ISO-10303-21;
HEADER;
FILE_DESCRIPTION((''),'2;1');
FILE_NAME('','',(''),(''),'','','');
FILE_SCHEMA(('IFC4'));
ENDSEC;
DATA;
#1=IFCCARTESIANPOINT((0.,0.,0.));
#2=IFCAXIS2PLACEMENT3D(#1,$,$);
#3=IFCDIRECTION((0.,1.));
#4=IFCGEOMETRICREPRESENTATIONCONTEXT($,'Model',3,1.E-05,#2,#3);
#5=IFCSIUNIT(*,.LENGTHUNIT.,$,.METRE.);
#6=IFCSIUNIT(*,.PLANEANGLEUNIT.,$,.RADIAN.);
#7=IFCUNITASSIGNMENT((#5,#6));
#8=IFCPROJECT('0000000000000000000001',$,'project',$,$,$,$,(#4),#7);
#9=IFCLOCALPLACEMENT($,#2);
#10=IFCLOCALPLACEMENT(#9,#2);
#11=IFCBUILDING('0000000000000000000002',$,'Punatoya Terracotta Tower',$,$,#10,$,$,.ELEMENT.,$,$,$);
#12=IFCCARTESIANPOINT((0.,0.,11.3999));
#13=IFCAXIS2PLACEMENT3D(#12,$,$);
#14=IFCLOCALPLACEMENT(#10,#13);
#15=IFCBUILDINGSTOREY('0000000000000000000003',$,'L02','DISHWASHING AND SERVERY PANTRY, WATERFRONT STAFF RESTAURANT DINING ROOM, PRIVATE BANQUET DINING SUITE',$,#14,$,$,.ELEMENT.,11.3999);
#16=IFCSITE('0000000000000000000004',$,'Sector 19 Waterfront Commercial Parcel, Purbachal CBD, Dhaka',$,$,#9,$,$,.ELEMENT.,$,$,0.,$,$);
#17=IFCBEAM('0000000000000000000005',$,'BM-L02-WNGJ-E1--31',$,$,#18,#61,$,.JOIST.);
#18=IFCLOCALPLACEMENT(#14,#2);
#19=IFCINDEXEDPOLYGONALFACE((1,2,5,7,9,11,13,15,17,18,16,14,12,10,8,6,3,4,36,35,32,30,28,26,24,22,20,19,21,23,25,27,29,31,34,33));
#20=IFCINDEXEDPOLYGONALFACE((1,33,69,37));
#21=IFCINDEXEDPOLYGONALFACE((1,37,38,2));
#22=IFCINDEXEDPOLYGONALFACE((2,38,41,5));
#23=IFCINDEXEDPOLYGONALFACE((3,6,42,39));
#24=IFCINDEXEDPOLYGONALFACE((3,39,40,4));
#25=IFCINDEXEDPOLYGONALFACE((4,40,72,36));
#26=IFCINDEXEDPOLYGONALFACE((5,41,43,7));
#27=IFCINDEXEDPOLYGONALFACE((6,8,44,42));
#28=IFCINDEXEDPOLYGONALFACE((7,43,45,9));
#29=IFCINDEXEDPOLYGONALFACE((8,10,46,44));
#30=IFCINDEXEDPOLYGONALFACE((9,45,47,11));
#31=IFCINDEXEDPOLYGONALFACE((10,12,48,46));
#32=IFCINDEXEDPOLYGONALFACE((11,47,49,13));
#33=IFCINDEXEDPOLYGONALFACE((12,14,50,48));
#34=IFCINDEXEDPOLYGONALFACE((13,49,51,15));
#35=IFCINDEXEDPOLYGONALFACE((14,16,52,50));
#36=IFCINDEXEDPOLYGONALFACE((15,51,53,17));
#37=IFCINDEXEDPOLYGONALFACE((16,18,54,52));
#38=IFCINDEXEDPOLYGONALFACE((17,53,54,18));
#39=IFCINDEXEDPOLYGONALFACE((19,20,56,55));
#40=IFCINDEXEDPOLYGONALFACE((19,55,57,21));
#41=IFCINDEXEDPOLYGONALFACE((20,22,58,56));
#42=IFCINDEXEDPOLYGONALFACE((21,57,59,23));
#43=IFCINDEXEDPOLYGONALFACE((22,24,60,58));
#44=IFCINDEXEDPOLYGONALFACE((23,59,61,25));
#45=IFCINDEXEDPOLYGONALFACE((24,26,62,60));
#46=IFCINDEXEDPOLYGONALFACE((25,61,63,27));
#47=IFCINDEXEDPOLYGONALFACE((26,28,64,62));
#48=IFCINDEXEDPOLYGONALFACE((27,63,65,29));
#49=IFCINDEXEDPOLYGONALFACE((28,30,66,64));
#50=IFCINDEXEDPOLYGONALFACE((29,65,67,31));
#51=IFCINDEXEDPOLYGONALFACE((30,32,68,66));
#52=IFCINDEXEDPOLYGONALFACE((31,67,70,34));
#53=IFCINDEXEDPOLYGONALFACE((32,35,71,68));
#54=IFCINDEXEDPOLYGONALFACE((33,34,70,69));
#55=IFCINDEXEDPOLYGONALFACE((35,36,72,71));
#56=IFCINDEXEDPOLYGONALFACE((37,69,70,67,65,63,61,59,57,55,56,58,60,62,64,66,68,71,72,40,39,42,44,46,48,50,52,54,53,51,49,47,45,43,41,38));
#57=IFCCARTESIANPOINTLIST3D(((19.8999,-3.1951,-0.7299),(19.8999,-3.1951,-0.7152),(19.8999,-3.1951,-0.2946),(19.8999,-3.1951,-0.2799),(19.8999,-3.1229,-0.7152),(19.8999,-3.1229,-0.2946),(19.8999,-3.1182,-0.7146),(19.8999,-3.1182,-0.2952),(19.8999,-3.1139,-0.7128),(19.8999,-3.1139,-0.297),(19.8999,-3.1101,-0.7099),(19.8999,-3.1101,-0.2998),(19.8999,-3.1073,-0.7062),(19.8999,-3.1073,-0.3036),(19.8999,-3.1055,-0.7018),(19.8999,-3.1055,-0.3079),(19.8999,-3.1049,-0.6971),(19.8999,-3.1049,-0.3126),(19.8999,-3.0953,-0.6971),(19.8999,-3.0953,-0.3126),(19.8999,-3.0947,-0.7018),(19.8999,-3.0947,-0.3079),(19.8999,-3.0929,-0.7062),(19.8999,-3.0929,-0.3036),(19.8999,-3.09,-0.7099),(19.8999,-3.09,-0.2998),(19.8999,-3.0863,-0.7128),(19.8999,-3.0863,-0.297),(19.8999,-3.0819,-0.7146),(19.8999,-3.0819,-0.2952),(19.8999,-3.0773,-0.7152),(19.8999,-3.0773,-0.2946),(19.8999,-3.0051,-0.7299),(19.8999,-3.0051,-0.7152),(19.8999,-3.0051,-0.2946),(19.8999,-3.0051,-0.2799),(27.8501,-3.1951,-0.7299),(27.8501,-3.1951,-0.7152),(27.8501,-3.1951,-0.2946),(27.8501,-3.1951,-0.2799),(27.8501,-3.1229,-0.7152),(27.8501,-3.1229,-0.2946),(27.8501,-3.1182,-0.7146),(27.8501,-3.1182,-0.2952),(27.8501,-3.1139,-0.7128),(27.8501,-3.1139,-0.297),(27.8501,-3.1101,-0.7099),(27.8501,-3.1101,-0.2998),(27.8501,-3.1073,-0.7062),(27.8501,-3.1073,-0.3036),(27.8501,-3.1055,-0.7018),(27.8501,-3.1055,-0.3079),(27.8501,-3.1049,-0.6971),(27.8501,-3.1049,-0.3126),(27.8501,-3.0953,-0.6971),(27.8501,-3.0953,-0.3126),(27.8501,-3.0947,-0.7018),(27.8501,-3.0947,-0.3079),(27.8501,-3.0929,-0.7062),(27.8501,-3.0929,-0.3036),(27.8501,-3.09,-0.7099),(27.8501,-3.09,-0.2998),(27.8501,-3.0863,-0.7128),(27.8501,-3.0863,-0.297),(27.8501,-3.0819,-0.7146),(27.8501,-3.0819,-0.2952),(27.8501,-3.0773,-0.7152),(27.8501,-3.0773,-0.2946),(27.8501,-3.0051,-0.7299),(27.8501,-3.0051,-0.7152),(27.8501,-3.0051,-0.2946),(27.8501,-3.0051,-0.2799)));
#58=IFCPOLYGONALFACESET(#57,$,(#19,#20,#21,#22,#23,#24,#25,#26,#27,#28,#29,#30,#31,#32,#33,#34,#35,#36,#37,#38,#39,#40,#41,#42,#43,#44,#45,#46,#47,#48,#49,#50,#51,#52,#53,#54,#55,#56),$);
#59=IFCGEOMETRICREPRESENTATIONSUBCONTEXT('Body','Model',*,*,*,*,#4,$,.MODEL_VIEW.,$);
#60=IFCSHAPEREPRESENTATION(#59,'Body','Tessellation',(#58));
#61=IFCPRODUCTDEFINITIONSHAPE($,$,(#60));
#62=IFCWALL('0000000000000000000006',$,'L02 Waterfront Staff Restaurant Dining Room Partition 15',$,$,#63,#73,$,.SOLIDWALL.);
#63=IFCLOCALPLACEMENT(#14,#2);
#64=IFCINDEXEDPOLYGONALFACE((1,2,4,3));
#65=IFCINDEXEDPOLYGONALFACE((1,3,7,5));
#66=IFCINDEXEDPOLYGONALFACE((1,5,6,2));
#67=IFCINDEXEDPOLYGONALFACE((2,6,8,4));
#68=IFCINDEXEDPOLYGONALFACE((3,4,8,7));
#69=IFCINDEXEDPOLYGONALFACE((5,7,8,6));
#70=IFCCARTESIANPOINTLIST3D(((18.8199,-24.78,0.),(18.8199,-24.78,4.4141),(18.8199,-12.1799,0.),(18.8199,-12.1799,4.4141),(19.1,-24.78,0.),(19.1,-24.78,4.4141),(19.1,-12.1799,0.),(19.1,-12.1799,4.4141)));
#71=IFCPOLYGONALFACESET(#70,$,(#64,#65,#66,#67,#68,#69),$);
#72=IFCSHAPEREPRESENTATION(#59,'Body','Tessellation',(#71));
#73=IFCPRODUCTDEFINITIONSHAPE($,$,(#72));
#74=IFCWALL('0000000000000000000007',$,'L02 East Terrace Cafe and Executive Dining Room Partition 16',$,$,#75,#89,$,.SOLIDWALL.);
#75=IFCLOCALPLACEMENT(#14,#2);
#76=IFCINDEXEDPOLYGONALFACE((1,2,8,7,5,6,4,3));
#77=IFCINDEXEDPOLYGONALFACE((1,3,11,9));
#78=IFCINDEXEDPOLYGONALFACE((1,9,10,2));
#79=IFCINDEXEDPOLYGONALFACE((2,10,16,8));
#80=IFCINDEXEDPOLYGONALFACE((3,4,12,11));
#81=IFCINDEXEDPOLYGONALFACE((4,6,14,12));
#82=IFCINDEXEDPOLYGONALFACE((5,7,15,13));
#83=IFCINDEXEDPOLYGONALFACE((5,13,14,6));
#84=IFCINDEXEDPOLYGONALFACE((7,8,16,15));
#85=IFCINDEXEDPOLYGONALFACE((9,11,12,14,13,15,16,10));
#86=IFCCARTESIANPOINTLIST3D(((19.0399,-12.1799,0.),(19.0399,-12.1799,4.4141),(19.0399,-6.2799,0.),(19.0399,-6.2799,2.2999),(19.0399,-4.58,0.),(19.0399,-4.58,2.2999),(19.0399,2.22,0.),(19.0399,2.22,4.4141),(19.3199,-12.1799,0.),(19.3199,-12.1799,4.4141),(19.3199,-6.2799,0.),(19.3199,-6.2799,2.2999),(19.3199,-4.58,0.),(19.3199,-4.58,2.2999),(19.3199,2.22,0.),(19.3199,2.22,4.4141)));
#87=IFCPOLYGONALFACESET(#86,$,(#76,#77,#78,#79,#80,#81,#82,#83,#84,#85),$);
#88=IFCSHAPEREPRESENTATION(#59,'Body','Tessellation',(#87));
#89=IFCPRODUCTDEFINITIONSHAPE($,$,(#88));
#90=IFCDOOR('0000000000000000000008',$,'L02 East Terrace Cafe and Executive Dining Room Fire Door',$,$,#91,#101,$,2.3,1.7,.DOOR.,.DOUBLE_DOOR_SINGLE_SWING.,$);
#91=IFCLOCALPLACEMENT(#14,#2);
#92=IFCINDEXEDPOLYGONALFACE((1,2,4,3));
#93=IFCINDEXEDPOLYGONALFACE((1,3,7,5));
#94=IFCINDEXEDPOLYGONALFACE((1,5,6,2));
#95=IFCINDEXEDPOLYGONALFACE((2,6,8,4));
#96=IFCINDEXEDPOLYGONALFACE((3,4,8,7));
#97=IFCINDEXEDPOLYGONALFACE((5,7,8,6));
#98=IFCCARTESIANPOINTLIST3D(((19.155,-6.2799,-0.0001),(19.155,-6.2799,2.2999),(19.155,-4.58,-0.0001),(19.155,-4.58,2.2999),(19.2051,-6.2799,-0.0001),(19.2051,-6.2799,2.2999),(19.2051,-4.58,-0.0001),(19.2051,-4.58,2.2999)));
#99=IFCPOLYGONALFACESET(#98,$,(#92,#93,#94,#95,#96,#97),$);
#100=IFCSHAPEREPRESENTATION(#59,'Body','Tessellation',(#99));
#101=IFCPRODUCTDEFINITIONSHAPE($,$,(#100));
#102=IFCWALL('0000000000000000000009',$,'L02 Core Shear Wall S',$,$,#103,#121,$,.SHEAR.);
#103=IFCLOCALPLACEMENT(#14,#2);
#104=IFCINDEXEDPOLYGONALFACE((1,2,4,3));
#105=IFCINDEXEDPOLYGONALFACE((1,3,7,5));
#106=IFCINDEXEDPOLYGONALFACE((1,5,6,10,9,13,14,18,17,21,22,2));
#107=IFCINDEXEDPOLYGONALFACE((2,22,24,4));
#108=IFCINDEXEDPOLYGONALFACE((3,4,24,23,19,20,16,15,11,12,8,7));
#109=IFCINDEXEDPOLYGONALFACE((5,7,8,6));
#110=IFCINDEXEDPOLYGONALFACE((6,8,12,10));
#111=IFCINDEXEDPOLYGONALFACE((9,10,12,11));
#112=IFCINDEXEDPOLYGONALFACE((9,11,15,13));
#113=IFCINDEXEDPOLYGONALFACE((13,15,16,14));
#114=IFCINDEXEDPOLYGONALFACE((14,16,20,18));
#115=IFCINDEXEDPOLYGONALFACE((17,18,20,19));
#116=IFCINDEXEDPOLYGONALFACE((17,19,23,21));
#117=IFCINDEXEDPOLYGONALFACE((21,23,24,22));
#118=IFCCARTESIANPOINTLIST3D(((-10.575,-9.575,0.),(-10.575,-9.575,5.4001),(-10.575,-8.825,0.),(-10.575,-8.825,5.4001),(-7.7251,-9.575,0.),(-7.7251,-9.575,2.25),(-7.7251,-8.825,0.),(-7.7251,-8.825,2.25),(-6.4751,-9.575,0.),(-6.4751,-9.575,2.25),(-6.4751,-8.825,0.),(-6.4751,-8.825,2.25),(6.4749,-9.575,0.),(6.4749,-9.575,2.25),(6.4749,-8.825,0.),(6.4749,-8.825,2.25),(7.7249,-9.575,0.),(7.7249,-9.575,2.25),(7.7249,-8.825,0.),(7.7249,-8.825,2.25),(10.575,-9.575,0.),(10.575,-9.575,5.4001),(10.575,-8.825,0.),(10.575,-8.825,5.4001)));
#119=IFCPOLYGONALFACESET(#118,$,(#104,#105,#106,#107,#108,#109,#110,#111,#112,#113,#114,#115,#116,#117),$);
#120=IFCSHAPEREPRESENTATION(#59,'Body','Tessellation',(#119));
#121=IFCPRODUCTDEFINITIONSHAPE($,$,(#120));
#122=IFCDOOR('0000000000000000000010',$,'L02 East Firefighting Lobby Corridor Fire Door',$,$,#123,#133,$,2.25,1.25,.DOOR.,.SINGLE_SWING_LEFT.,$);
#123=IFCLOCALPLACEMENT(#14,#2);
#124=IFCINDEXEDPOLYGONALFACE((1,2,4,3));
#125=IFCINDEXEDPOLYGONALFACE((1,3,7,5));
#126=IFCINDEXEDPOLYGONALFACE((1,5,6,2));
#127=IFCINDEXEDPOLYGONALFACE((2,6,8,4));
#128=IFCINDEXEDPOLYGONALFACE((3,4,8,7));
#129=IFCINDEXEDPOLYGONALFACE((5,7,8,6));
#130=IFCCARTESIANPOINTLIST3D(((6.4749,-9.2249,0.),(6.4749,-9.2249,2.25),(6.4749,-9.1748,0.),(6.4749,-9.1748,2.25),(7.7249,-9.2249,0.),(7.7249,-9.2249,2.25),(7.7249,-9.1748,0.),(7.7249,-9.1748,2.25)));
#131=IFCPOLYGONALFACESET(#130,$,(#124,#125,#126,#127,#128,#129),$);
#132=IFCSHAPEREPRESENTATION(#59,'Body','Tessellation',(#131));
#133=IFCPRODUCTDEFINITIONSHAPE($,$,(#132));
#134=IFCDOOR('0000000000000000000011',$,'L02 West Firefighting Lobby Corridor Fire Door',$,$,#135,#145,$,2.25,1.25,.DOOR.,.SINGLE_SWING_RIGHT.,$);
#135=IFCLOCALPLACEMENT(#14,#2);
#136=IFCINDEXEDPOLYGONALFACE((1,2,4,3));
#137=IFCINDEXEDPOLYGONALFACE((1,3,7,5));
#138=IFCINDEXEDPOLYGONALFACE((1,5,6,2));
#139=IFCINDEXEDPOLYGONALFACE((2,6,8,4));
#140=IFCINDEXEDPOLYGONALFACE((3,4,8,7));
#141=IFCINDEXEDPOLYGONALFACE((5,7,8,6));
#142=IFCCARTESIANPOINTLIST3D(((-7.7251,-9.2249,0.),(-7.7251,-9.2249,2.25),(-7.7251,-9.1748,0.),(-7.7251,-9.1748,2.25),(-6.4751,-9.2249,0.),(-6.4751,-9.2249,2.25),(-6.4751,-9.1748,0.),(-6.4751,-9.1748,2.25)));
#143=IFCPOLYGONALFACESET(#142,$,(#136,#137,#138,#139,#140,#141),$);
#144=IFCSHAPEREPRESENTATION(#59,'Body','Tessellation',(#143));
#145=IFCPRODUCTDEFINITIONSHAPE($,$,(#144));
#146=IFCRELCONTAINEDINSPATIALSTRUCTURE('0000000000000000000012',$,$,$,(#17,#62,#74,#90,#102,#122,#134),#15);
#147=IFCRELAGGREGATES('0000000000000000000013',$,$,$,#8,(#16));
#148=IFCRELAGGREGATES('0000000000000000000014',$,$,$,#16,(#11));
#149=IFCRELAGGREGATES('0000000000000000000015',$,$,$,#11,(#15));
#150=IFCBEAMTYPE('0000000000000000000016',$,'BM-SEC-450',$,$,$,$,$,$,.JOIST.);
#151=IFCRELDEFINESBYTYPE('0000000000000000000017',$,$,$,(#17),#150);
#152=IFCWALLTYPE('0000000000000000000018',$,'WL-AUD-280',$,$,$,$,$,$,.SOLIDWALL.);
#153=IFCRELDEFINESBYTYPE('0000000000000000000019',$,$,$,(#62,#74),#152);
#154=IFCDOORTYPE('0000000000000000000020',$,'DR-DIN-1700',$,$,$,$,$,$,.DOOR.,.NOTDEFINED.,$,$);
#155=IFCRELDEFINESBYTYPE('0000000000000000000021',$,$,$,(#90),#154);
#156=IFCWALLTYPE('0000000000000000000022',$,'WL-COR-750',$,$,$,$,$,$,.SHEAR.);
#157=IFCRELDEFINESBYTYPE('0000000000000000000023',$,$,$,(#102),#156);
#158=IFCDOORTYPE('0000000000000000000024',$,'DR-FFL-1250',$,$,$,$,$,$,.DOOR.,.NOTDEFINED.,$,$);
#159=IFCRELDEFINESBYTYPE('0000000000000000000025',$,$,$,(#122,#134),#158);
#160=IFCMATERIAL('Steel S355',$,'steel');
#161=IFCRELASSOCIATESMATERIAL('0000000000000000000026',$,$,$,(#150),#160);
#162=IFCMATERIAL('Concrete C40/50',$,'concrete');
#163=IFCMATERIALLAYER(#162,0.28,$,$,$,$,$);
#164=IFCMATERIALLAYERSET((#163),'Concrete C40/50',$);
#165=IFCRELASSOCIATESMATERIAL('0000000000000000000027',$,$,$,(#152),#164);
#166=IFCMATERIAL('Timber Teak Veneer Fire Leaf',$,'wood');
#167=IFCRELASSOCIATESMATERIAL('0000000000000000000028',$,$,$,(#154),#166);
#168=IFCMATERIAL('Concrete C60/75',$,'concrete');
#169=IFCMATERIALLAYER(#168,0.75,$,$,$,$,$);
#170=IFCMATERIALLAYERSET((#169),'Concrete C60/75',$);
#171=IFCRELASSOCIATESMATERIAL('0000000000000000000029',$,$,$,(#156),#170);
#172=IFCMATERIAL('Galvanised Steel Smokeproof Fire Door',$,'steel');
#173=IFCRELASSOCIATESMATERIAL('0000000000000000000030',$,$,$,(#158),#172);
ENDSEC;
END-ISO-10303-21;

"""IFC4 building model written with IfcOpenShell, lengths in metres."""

from ifc_helpers import new_model, si_unit, direction, frame, frame_2d, origin, origin_2d, place, context, subcontext, project, spatial, rectangle, i_section, extrude, material, layer, layer_set, material_profile, profile_set, type_object, element, fill, save


model = new_model("IFC4")

# Units and contexts
model_context = context("Model", 3, precision=1e-05, world=origin(), true_north=direction((0.0, 1.0)))
body_context = subcontext(model_context, "Body", "Model", "MODEL_VIEW")
ifc_project = project(units=[si_unit("LENGTHUNIT", "METRE"), si_unit("PLANEANGLEUNIT", "RADIAN")], contexts=[model_context])

# Site, building, storey
site_placement = place(None, origin())
site = spatial("IfcSite", under=ifc_project, at=site_placement, Name="Sector 19 Waterfront Commercial Parcel, Purbachal CBD, Dhaka", CompositionType="ELEMENT", RefElevation=0.0)
building_placement = place(site_placement, origin())
building = spatial("IfcBuilding", under=site, at=building_placement, Name="Punatoya Terracotta Tower", CompositionType="ELEMENT")
storey_placement = place(building_placement, frame((0.0, 0.0, 11.3999)))
storey = spatial("IfcBuildingStorey", under=building, at=storey_placement, Name="L02", Description="DISHWASHING AND SERVERY PANTRY, WATERFRONT STAFF RESTAURANT DINING ROOM, PRIVATE BANQUET DINING SUITE", CompositionType="ELEMENT", Elevation=11.3999)

# Beam
ifc_material_1 = material(Name="Steel S355", Category="steel")
ifc_material_profile_1 = material_profile(ifc_material_1, i_section(OverallWidth=0.1899, OverallDepth=0.45, WebThickness=0.0095, FlangeThickness=0.0146, FilletRadius=0.0181, at=origin_2d()))
ifc_profile_set_1 = profile_set([ifc_material_profile_1], Name="Steel S355")
beam_type_1 = type_object("IfcBeamType", Name="BM-SEC-450", PredefinedType="JOIST", material=ifc_profile_set_1)
beam_1_placement = place(storey_placement, frame((19.8999, -3.1001, -0.5049), z_axis=(1.0, 0.0, 0.0), x_axis=(0.0, 1.0, 0.0)))
element("IfcBeam", 1, at=beam_1_placement, inside=storey, type_object=beam_type_1, Name="BM-L02-WNGJ-E1--31", PredefinedType="JOIST", context=body_context, shape_type="SweptSolid", body=[
    extrude(i_section(OverallWidth=0.1899, OverallDepth=0.45, WebThickness=0.0095, FlangeThickness=0.0146, FilletRadius=0.0181, at=origin_2d()), origin(), (0.0, 0.0, 1.0), 7.9502),
])

# Wall
ifc_material_2 = material(Name="Concrete C40/50", Category="concrete")
ifc_layer_1 = layer(ifc_material_2, 0.28)
ifc_layer_set_1 = layer_set([ifc_layer_1], Name="Concrete C40/50")
wall_type_1 = type_object("IfcWallType", Name="WL-AUD-280", PredefinedType="SOLIDWALL", material=ifc_layer_set_1)
wall_1_placement = place(storey_placement, frame((18.96, -12.1799, 0.0), z_axis=(0.0, 0.0, 1.0), x_axis=(0.0, -1.0, 0.0)))
element("IfcWall", 2, at=wall_1_placement, inside=storey, type_object=wall_type_1, Name="L02 Waterfront Staff Restaurant Dining Room Partition 15", PredefinedType="SOLIDWALL", context=body_context, shape_type="SweptSolid", body=[
    extrude(rectangle(XDim=12.6001, YDim=0.28, at=frame_2d((6.3, 0.0))), origin(), (0.0, 0.0, 1.0), 4.4141),
])

# Wall, opening, door
wall_2_placement = place(storey_placement, frame((19.1799, -12.1799, 0.0), z_axis=(0.0, 0.0, 1.0), x_axis=(0.0, 1.0, 0.0)))
wall_2 = element("IfcWall", 3, at=wall_2_placement, inside=storey, type_object=wall_type_1, Name="L02 East Terrace Cafe and Executive Dining Room Partition 16", PredefinedType="SOLIDWALL", context=body_context, shape_type="SweptSolid", body=[
    extrude(rectangle(XDim=14.3999, YDim=0.28, at=frame_2d((7.2, 0.0))), origin(), (0.0, 0.0, 1.0), 4.4141),
])
opening_1_placement = place(wall_2_placement, frame((5.8999, 0.0, 0.0)))
opening_1 = element("IfcOpeningElement", 4, at=opening_1_placement, cuts=wall_2, PredefinedType="OPENING", context=body_context, shape_type="SweptSolid", body=[
    extrude(rectangle(XDim=1.7, YDim=2.3, at=frame_2d((0.8501, 1.1499))), frame((0.0, 0.1499, 0.0), z_axis=(0.0, -1.0, 0.0), x_axis=(1.0, 0.0, 0.0)), (0.0, 0.0, 1.0), 0.3),
])
ifc_material_3 = material(Name="Timber Teak Veneer Fire Leaf", Category="wood")
door_type_1 = type_object("IfcDoorType", Name="DR-DIN-1700", OperationType="NOTDEFINED", PredefinedType="DOOR", material=ifc_material_3)
door_1_placement = place(opening_1_placement, origin())
door_1 = element("IfcDoor", 5, at=door_1_placement, inside=storey, type_object=door_type_1, Name="L02 East Terrace Cafe and Executive Dining Room Fire Door", OperationType="DOUBLE_DOOR_SINGLE_SWING", OverallHeight=2.3, OverallWidth=1.7, PredefinedType="DOOR", context=body_context, shape_type="SweptSolid", body=[
    extrude(rectangle(XDim=1.7, YDim=2.3, at=frame_2d((0.8501, 1.1499))), frame((0.0, 0.0249, 0.0), z_axis=(0.0, -1.0, 0.0), x_axis=(1.0, 0.0, 0.0)), (0.0, 0.0, 1.0), 0.05),
])
fill(opening_1, door_1)

# Wall, openings, doors
ifc_material_4 = material(Name="Concrete C60/75", Category="concrete")
ifc_layer_2 = layer(ifc_material_4, 0.75)
ifc_layer_set_2 = layer_set([ifc_layer_2], Name="Concrete C60/75")
wall_type_2 = type_object("IfcWallType", Name="WL-COR-750", PredefinedType="SHEAR", material=ifc_layer_set_2)
wall_3_placement = place(storey_placement, frame((10.575, -9.2, 0.0), z_axis=(0.0, 0.0, 1.0), x_axis=(-1.0, 0.0, 0.0)))
wall_3 = element("IfcWall", 6, at=wall_3_placement, inside=storey, type_object=wall_type_2, Name="L02 Core Shear Wall S", PredefinedType="SHEAR", context=body_context, shape_type="SweptSolid", body=[
    extrude(rectangle(XDim=21.1499, YDim=0.75, at=frame_2d((10.575, 0.0))), origin(), (0.0, 0.0, 1.0), 5.4001),
])
opening_2_placement = place(wall_3_placement, frame((2.8501, 0.0, 0.0)))
opening_2 = element("IfcOpeningElement", 7, at=opening_2_placement, cuts=wall_3, PredefinedType="OPENING", context=body_context, shape_type="SweptSolid", body=[
    extrude(rectangle(XDim=1.25, YDim=2.25, at=frame_2d((0.625, 1.125))), frame((0.0, 0.385, 0.0), z_axis=(0.0, -1.0, 0.0), x_axis=(1.0, 0.0, 0.0)), (0.0, 0.0, 1.0), 0.77),
])
opening_3_placement = place(wall_3_placement, frame((17.05, 0.0, 0.0)))
opening_3 = element("IfcOpeningElement", 8, at=opening_3_placement, cuts=wall_3, PredefinedType="OPENING", context=body_context, shape_type="SweptSolid", body=[
    extrude(rectangle(XDim=1.25, YDim=2.25, at=frame_2d((0.625, 1.125))), frame((0.0, 0.385, 0.0), z_axis=(0.0, -1.0, 0.0), x_axis=(1.0, 0.0, 0.0)), (0.0, 0.0, 1.0), 0.77),
])
ifc_material_5 = material(Name="Galvanised Steel Smokeproof Fire Door", Category="steel")
door_type_2 = type_object("IfcDoorType", Name="DR-FFL-1250", OperationType="NOTDEFINED", PredefinedType="DOOR", material=ifc_material_5)
door_2_placement = place(opening_2_placement, origin())
door_2 = element("IfcDoor", 9, at=door_2_placement, inside=storey, type_object=door_type_2, Name="L02 East Firefighting Lobby Corridor Fire Door", OperationType="SINGLE_SWING_LEFT", OverallHeight=2.25, OverallWidth=1.25, PredefinedType="DOOR", context=body_context, shape_type="SweptSolid", body=[
    extrude(rectangle(XDim=1.25, YDim=2.25, at=frame_2d((0.625, 1.125))), frame((0.0, 0.0249, 0.0), z_axis=(0.0, -1.0, 0.0), x_axis=(1.0, 0.0, 0.0)), (0.0, 0.0, 1.0), 0.05),
])
fill(opening_2, door_2)
door_3_placement = place(opening_3_placement, origin())
door_3 = element("IfcDoor", 10, at=door_3_placement, inside=storey, type_object=door_type_2, Name="L02 West Firefighting Lobby Corridor Fire Door", OperationType="SINGLE_SWING_RIGHT", OverallHeight=2.25, OverallWidth=1.25, PredefinedType="DOOR", context=body_context, shape_type="SweptSolid", body=[
    extrude(rectangle(XDim=1.25, YDim=2.25, at=frame_2d((0.625, 1.125))), frame((0.0, 0.0249, 0.0), z_axis=(0.0, -1.0, 0.0), x_axis=(1.0, 0.0, 0.0)), (0.0, 0.0, 1.0), 0.05),
])
fill(opening_3, door_3)

save(model, "model.ifc")
